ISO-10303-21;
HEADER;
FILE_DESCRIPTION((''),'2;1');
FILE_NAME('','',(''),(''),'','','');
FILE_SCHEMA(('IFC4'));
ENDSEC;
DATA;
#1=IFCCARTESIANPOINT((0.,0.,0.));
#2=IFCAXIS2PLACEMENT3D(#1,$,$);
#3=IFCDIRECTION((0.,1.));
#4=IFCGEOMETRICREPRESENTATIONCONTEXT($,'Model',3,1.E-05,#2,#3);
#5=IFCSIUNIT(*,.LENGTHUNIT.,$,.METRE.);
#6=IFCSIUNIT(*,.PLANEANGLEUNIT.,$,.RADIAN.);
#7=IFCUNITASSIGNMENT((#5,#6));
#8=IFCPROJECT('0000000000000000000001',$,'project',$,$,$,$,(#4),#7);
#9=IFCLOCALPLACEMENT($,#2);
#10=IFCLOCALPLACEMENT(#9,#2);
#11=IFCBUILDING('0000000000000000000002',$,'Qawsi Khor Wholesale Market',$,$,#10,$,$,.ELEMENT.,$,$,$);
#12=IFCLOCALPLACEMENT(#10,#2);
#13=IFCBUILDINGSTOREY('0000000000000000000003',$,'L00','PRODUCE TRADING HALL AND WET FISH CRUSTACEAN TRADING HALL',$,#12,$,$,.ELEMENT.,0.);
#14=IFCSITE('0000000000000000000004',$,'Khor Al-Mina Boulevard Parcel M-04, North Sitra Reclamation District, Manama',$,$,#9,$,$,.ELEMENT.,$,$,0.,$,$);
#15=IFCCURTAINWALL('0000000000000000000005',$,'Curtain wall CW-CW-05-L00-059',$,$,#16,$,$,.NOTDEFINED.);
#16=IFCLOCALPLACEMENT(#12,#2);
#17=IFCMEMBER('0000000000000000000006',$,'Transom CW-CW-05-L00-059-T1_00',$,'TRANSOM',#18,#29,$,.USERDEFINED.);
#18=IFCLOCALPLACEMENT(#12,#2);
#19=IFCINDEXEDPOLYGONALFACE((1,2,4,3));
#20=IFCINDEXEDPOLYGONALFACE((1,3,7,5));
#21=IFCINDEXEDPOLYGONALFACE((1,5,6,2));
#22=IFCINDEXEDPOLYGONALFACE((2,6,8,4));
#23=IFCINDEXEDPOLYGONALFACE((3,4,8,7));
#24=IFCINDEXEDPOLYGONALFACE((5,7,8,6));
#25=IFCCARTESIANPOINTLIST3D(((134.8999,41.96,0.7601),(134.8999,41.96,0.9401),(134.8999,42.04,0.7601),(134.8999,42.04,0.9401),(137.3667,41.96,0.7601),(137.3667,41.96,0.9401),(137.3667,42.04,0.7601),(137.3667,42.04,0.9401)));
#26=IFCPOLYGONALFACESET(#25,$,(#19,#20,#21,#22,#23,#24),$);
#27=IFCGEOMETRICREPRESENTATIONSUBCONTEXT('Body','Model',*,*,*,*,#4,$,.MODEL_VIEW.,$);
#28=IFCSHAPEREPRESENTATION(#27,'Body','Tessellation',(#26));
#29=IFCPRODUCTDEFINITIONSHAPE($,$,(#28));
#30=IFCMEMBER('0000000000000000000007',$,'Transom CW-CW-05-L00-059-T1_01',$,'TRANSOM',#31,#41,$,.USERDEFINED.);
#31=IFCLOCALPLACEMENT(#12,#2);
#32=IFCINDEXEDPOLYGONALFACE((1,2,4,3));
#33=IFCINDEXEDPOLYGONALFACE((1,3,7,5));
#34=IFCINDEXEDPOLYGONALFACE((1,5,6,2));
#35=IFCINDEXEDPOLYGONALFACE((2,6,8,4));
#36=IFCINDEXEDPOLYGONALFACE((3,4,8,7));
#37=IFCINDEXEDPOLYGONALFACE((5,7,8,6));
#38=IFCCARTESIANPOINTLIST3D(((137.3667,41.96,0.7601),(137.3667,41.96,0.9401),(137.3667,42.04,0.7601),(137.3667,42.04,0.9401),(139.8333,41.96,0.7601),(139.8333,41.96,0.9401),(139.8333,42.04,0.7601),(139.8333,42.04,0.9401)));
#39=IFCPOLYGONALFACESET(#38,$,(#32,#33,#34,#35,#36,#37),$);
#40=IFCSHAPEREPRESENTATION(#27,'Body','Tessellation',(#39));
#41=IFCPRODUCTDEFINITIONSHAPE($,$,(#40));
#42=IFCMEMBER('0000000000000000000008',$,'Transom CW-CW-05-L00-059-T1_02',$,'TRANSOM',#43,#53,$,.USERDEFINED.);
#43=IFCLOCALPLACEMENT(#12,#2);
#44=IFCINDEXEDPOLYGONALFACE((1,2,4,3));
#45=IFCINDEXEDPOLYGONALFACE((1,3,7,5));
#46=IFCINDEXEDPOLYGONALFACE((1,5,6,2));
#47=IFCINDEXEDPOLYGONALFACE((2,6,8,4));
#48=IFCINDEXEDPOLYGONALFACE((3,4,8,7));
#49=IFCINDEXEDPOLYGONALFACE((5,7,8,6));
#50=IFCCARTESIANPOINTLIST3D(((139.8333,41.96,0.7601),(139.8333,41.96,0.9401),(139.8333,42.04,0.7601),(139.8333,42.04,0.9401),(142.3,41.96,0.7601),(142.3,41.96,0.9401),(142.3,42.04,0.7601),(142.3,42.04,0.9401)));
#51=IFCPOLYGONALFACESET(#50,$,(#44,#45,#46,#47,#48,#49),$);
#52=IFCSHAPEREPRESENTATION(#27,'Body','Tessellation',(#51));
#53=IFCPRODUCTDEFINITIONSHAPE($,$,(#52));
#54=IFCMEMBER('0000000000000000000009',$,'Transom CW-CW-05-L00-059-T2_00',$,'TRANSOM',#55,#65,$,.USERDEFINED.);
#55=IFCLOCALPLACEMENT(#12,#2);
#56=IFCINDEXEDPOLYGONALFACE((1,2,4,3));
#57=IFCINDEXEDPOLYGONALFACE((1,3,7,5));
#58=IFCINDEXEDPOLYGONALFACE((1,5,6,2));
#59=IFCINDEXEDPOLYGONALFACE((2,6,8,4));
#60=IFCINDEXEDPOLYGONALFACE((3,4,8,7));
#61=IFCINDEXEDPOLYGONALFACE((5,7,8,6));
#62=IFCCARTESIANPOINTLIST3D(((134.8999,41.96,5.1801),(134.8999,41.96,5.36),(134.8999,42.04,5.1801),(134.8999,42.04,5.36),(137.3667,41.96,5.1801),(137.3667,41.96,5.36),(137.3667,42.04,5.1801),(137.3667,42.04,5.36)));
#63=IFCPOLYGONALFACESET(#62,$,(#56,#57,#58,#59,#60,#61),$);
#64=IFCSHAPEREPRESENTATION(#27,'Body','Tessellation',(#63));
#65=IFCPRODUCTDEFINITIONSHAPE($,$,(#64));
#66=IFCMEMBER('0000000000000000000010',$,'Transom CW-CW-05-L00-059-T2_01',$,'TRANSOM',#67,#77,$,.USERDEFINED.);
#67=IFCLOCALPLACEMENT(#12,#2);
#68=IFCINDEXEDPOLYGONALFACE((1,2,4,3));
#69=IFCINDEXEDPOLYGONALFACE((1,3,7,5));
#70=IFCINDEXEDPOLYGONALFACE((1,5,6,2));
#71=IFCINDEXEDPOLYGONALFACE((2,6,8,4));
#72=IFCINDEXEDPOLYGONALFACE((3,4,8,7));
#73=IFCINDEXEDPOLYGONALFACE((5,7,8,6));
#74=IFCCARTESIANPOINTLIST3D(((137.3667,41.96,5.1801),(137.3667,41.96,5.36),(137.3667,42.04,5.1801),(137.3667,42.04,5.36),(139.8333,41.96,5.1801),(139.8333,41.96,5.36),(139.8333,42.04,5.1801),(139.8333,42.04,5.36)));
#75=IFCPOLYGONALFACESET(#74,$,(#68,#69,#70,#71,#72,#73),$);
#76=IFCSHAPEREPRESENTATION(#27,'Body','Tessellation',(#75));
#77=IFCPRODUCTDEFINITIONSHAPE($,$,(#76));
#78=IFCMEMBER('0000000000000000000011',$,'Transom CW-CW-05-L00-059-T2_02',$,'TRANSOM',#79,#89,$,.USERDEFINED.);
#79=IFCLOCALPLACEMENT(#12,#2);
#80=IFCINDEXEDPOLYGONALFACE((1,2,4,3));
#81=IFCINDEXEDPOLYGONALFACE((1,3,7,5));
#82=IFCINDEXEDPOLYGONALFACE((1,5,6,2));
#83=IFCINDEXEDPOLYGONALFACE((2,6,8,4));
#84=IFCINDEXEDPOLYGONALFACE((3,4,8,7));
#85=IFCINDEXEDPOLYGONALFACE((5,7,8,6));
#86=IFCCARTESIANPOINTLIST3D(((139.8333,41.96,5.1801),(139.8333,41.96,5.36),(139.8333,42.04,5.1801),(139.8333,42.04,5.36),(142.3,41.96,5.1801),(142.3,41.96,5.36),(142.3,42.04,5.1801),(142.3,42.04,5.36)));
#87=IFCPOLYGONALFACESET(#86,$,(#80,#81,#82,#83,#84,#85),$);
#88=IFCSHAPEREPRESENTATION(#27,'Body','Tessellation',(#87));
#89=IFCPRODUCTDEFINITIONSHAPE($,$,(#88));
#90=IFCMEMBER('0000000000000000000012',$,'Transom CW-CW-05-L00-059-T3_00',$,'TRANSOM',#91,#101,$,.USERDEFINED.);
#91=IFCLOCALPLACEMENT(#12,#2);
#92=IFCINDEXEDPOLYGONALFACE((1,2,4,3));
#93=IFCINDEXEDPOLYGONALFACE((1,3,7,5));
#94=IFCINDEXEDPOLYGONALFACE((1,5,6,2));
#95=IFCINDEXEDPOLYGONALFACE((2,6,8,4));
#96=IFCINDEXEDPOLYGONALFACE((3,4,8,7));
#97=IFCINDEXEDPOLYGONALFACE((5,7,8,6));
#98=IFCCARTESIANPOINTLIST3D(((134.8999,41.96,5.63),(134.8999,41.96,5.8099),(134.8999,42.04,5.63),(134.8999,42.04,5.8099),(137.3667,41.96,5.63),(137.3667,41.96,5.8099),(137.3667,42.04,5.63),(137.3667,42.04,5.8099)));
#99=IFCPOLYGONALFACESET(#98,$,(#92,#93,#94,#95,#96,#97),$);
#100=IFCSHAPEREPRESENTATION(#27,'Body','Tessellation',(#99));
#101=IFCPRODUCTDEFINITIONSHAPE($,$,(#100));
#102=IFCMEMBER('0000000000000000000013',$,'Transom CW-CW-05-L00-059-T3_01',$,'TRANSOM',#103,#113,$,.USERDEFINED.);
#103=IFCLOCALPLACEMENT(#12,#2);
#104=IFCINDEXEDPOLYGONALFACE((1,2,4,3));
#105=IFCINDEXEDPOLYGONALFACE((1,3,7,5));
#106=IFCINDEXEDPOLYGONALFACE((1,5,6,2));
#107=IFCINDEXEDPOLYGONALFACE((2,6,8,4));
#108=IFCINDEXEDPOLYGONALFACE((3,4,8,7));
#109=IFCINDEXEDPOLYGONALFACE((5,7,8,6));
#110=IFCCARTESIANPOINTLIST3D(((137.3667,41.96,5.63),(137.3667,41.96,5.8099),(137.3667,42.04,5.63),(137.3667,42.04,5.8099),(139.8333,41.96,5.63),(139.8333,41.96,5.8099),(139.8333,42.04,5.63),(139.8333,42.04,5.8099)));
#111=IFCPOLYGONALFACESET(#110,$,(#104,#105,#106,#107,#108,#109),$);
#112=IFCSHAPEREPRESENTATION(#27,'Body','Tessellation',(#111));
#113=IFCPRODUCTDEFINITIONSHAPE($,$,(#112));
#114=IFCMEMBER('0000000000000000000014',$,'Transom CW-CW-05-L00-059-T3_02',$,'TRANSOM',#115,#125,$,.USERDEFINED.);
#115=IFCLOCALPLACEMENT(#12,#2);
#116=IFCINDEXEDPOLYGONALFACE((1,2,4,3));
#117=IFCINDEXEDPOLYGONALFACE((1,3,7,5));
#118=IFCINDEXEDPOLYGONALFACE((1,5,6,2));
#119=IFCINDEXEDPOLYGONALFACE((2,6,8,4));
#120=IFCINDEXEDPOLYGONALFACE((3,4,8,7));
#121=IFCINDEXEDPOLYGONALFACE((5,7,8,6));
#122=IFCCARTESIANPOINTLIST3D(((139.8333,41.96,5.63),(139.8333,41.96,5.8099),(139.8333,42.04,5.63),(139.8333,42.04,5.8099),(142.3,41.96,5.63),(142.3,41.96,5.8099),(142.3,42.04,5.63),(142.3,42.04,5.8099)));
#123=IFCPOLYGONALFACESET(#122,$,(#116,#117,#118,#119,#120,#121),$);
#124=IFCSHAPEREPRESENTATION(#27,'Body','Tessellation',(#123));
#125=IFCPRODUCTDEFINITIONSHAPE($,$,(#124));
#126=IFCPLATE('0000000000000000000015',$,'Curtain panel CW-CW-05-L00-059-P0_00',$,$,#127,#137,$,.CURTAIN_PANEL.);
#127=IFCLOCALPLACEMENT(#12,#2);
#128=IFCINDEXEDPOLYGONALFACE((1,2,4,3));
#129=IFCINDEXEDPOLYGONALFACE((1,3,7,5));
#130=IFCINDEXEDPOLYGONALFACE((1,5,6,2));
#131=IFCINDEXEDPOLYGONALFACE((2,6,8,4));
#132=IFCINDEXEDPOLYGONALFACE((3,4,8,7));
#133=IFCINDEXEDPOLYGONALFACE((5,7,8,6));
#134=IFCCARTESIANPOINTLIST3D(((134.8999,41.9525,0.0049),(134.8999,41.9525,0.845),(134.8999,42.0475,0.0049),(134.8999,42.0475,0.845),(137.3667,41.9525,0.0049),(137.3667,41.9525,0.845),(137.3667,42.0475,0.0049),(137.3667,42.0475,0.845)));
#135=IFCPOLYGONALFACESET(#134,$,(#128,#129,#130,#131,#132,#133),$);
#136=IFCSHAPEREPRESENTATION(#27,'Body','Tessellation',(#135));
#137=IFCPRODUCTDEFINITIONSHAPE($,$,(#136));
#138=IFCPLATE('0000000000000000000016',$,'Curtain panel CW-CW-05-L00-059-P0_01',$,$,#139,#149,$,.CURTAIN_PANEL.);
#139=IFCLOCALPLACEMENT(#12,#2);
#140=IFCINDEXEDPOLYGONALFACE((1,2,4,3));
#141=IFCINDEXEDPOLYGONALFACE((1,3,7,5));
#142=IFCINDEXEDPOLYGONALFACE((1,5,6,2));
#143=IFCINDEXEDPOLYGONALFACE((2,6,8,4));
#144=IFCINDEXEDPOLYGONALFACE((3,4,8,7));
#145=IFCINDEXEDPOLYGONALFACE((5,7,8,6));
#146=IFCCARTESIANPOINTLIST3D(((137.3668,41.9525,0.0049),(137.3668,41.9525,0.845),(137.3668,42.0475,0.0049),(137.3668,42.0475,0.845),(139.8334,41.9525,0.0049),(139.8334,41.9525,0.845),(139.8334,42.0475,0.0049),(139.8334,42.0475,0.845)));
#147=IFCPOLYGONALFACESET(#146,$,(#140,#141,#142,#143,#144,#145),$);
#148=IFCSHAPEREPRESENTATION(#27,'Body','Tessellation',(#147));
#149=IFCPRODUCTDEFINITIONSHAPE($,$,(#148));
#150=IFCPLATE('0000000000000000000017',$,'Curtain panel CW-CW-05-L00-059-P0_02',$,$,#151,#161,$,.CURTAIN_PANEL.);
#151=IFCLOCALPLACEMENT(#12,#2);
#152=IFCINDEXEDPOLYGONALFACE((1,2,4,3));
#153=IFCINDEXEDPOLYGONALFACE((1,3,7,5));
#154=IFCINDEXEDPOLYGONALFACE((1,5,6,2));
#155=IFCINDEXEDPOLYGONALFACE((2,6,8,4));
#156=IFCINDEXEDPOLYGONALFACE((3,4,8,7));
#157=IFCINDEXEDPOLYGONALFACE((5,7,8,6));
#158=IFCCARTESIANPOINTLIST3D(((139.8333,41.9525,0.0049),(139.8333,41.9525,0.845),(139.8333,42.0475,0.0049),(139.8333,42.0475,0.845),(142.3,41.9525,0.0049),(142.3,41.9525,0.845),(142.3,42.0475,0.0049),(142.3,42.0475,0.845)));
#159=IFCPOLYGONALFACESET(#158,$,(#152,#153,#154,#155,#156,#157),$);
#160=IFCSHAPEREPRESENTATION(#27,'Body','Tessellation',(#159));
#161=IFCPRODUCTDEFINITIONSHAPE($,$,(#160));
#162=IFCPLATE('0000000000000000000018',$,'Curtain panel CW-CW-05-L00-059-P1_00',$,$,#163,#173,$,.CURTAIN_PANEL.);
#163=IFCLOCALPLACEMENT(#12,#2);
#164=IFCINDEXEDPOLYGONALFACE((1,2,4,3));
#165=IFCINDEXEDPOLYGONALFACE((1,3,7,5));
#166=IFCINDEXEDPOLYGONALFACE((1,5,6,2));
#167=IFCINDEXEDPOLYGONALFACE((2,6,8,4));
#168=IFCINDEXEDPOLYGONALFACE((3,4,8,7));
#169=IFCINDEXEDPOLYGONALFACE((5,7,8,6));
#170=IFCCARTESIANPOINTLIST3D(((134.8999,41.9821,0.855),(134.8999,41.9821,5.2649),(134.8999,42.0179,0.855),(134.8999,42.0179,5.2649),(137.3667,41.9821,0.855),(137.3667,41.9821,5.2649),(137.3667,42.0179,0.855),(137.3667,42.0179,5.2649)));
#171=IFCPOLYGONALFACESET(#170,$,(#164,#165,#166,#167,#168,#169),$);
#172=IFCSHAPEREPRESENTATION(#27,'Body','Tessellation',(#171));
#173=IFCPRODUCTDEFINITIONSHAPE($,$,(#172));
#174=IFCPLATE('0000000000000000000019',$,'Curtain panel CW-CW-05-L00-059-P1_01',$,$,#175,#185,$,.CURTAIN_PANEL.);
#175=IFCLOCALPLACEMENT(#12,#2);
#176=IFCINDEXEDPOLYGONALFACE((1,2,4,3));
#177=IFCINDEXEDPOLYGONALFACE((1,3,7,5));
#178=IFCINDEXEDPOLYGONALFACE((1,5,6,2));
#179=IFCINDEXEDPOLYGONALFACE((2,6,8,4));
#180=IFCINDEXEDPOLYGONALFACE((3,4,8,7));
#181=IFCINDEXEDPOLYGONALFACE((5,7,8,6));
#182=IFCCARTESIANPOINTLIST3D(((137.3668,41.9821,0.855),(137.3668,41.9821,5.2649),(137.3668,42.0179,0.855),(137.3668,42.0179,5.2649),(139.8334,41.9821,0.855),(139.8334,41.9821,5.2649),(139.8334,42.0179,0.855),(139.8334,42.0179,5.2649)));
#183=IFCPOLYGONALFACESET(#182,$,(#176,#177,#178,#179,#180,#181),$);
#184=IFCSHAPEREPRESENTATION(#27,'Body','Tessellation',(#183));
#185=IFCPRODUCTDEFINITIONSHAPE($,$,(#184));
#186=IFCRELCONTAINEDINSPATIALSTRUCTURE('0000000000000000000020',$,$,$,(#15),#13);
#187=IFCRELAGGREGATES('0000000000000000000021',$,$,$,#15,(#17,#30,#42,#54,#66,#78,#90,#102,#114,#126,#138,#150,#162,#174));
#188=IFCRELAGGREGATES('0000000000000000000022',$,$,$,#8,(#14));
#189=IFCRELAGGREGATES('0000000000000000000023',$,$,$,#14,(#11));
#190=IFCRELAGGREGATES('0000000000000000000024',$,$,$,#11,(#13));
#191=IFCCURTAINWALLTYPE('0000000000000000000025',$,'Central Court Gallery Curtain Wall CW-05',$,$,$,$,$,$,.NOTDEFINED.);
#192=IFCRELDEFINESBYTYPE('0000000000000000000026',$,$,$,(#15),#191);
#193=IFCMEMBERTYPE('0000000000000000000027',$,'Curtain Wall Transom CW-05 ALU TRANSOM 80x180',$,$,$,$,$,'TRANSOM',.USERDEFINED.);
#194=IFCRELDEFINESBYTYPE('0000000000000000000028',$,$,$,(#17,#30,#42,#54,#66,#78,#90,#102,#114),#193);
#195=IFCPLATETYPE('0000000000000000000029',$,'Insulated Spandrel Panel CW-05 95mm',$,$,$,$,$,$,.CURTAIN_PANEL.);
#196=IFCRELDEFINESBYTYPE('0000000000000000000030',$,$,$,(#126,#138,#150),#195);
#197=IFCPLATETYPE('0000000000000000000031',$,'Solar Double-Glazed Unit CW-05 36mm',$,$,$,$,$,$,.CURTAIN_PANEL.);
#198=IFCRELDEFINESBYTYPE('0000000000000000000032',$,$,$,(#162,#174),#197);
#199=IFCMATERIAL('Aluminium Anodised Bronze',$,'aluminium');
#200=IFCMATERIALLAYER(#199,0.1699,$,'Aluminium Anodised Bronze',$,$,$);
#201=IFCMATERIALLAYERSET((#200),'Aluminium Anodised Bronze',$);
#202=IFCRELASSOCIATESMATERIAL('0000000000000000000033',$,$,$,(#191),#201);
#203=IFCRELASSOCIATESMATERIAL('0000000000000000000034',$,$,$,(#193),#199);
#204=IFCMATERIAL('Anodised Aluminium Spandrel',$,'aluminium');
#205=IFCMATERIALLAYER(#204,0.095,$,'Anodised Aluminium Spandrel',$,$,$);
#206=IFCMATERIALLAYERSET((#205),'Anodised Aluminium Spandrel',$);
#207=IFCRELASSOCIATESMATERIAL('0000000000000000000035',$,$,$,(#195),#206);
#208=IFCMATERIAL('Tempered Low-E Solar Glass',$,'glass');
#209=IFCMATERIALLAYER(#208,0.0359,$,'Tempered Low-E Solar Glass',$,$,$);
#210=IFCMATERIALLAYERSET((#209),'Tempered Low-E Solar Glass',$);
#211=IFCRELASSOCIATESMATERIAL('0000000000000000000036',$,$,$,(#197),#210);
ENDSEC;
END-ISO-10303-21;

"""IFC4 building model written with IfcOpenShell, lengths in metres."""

from ifc_helpers import new_model, si_unit, direction, frame, frame_2d, origin, origin_2d, place, context, subcontext, project, spatial, rectangle, extrude, material, layer, layer_set, material_profile, profile_set, type_object, element, aggregate, save


model = new_model("IFC4")

# Units and contexts
model_context = context("Model", 3, precision=1e-05, world=origin(), true_north=direction((0.0, 1.0)))
body_context = subcontext(model_context, "Body", "Model", "MODEL_VIEW")
ifc_project = project(units=[si_unit("LENGTHUNIT", "METRE"), si_unit("PLANEANGLEUNIT", "RADIAN")], contexts=[model_context])

# Site, building, storey
site_placement = place(None, origin())
site = spatial("IfcSite", under=ifc_project, at=site_placement, Name="Khor Al-Mina Boulevard Parcel M-04, North Sitra Reclamation District, Manama", CompositionType="ELEMENT", RefElevation=0.0)
building_placement = place(site_placement, origin())
building = spatial("IfcBuilding", under=site, at=building_placement, Name="Qawsi Khor Wholesale Market", CompositionType="ELEMENT")
storey_placement = place(building_placement, origin())
storey = spatial("IfcBuildingStorey", under=building, at=storey_placement, Name="L00", Description="PRODUCE TRADING HALL AND WET FISH CRUSTACEAN TRADING HALL", CompositionType="ELEMENT", Elevation=0.0)

# Shared definitions
ifc_material_1 = material(Name="Aluminium Anodised Bronze", Category="aluminium")
ifc_layer_1 = layer(ifc_material_1, 0.1699, Name="Aluminium Anodised Bronze")
ifc_layer_set_1 = layer_set([ifc_layer_1], Name="Aluminium Anodised Bronze")
curtain_wall_type = type_object("IfcCurtainWallType", Name="Central Court Gallery Curtain Wall CW-05", PredefinedType="NOTDEFINED", material=ifc_layer_set_1)

# Curtain wall, members, plates
curtain_wall_1_placement = place(storey_placement, origin())
curtain_wall_1 = element("IfcCurtainWall", 1, at=curtain_wall_1_placement, inside=storey, type_object=curtain_wall_type, Name="Curtain wall CW-CW-05-L00-059", PredefinedType="NOTDEFINED")
ifc_material_profile_1 = material_profile(ifc_material_1, rectangle(XDim=0.0801, YDim=0.1799, at=origin_2d()), Name="ALU TRANSOM 80x180")
ifc_profile_set_1 = profile_set([ifc_material_profile_1], Name="Aluminium Anodised Bronze")
member_type_1 = type_object("IfcMemberType", Name="Curtain Wall Transom CW-05 ALU TRANSOM 80x180", ElementType="TRANSOM", PredefinedType="USERDEFINED", material=ifc_profile_set_1)
member_1_placement = place(storey_placement, frame((134.8999, 42.0, 0.8501), z_axis=(1.0, 0.0, 0.0), x_axis=(0.0, 1.0, 0.0)))
member_1 = element("IfcMember", 2, at=member_1_placement, type_object=member_type_1, Name="Transom CW-CW-05-L00-059-T1_00", ObjectType="TRANSOM", PredefinedType="USERDEFINED", context=body_context, shape_type="SweptSolid", body=[
    extrude(rectangle(XDim=0.0801, YDim=0.1799, at=origin_2d()), origin(), (0.0, 0.0, 1.0), 2.4668),
])
member_2_placement = place(storey_placement, frame((137.3667, 42.0, 0.8501), z_axis=(1.0, 0.0, 0.0), x_axis=(0.0, 1.0, 0.0)))
member_2 = element("IfcMember", 3, at=member_2_placement, type_object=member_type_1, Name="Transom CW-CW-05-L00-059-T1_01", ObjectType="TRANSOM", PredefinedType="USERDEFINED", context=body_context, shape_type="SweptSolid", body=[
    extrude(rectangle(XDim=0.0801, YDim=0.1799, at=origin_2d()), origin(), (0.0, 0.0, 1.0), 2.4666),
])
member_3_placement = place(storey_placement, frame((139.8333, 42.0, 0.8501), z_axis=(1.0, 0.0, 0.0), x_axis=(0.0, 1.0, 0.0)))
member_3 = element("IfcMember", 4, at=member_3_placement, type_object=member_type_1, Name="Transom CW-CW-05-L00-059-T1_02", ObjectType="TRANSOM", PredefinedType="USERDEFINED", context=body_context, shape_type="SweptSolid", body=[
    extrude(rectangle(XDim=0.0801, YDim=0.1799, at=origin_2d()), origin(), (0.0, 0.0, 1.0), 2.4668),
])
member_4_placement = place(storey_placement, frame((134.8999, 42.0, 5.27), z_axis=(1.0, 0.0, 0.0), x_axis=(0.0, 1.0, 0.0)))
member_4 = element("IfcMember", 5, at=member_4_placement, type_object=member_type_1, Name="Transom CW-CW-05-L00-059-T2_00", ObjectType="TRANSOM", PredefinedType="USERDEFINED", context=body_context, shape_type="SweptSolid", body=[
    extrude(rectangle(XDim=0.0801, YDim=0.1799, at=origin_2d()), origin(), (0.0, 0.0, 1.0), 2.4668),
])
member_5_placement = place(storey_placement, frame((137.3667, 42.0, 5.27), z_axis=(1.0, 0.0, 0.0), x_axis=(0.0, 1.0, 0.0)))
member_5 = element("IfcMember", 6, at=member_5_placement, type_object=member_type_1, Name="Transom CW-CW-05-L00-059-T2_01", ObjectType="TRANSOM", PredefinedType="USERDEFINED", context=body_context, shape_type="SweptSolid", body=[
    extrude(rectangle(XDim=0.0801, YDim=0.1799, at=origin_2d()), origin(), (0.0, 0.0, 1.0), 2.4666),
])
member_6_placement = place(storey_placement, frame((139.8333, 42.0, 5.27), z_axis=(1.0, 0.0, 0.0), x_axis=(0.0, 1.0, 0.0)))
member_6 = element("IfcMember", 7, at=member_6_placement, type_object=member_type_1, Name="Transom CW-CW-05-L00-059-T2_02", ObjectType="TRANSOM", PredefinedType="USERDEFINED", context=body_context, shape_type="SweptSolid", body=[
    extrude(rectangle(XDim=0.0801, YDim=0.1799, at=origin_2d()), origin(), (0.0, 0.0, 1.0), 2.4668),
])
member_7_placement = place(storey_placement, frame((134.8999, 42.0, 5.72), z_axis=(1.0, 0.0, 0.0), x_axis=(0.0, 1.0, 0.0)))
member_7 = element("IfcMember", 8, at=member_7_placement, type_object=member_type_1, Name="Transom CW-CW-05-L00-059-T3_00", ObjectType="TRANSOM", PredefinedType="USERDEFINED", context=body_context, shape_type="SweptSolid", body=[
    extrude(rectangle(XDim=0.0801, YDim=0.1799, at=origin_2d()), origin(), (0.0, 0.0, 1.0), 2.4668),
])
member_8_placement = place(storey_placement, frame((137.3667, 42.0, 5.72), z_axis=(1.0, 0.0, 0.0), x_axis=(0.0, 1.0, 0.0)))
member_8 = element("IfcMember", 9, at=member_8_placement, type_object=member_type_1, Name="Transom CW-CW-05-L00-059-T3_01", ObjectType="TRANSOM", PredefinedType="USERDEFINED", context=body_context, shape_type="SweptSolid", body=[
    extrude(rectangle(XDim=0.0801, YDim=0.1799, at=origin_2d()), origin(), (0.0, 0.0, 1.0), 2.4666),
])
member_9_placement = place(storey_placement, frame((139.8333, 42.0, 5.72), z_axis=(1.0, 0.0, 0.0), x_axis=(0.0, 1.0, 0.0)))
member_9 = element("IfcMember", 10, at=member_9_placement, type_object=member_type_1, Name="Transom CW-CW-05-L00-059-T3_02", ObjectType="TRANSOM", PredefinedType="USERDEFINED", context=body_context, shape_type="SweptSolid", body=[
    extrude(rectangle(XDim=0.0801, YDim=0.1799, at=origin_2d()), origin(), (0.0, 0.0, 1.0), 2.4668),
])
ifc_material_2 = material(Name="Anodised Aluminium Spandrel", Category="aluminium")
ifc_layer_2 = layer(ifc_material_2, 0.095, Name="Anodised Aluminium Spandrel")
ifc_layer_set_2 = layer_set([ifc_layer_2], Name="Anodised Aluminium Spandrel")
plate_type_1 = type_object("IfcPlateType", Name="Insulated Spandrel Panel CW-05 95mm", PredefinedType="CURTAIN_PANEL", material=ifc_layer_set_2)
plate_1_placement = place(storey_placement, frame((134.8999, 42.0, 0.0049), z_axis=(0.0, 0.0, 1.0), x_axis=(1.0, 0.0, 0.0)))
plate_1 = element("IfcPlate", 11, at=plate_1_placement, type_object=plate_type_1, Name="Curtain panel CW-CW-05-L00-059-P0_00", PredefinedType="CURTAIN_PANEL", context=body_context, shape_type="SweptSolid", body=[
    extrude(rectangle(XDim=2.4668, YDim=0.095, at=frame_2d((1.2334, 0.0))), origin(), (0.0, 0.0, 1.0), 0.8401),
])
plate_2_placement = place(storey_placement, frame((137.3667, 42.0, 0.0049), z_axis=(0.0, 0.0, 1.0), x_axis=(1.0, 0.0, 0.0)))
plate_2 = element("IfcPlate", 12, at=plate_2_placement, type_object=plate_type_1, Name="Curtain panel CW-CW-05-L00-059-P0_01", PredefinedType="CURTAIN_PANEL", context=body_context, shape_type="SweptSolid", body=[
    extrude(rectangle(XDim=2.4666, YDim=0.095, at=frame_2d((1.2334, 0.0))), origin(), (0.0, 0.0, 1.0), 0.8401),
])
plate_3_placement = place(storey_placement, frame((139.8333, 42.0, 0.0049), z_axis=(0.0, 0.0, 1.0), x_axis=(1.0, 0.0, 0.0)))
plate_3 = element("IfcPlate", 13, at=plate_3_placement, type_object=plate_type_1, Name="Curtain panel CW-CW-05-L00-059-P0_02", PredefinedType="CURTAIN_PANEL", context=body_context, shape_type="SweptSolid", body=[
    extrude(rectangle(XDim=2.4668, YDim=0.095, at=frame_2d((1.2334, 0.0))), origin(), (0.0, 0.0, 1.0), 0.8401),
])
ifc_material_3 = material(Name="Tempered Low-E Solar Glass", Category="glass")
ifc_layer_3 = layer(ifc_material_3, 0.0359, Name="Tempered Low-E Solar Glass")
ifc_layer_set_3 = layer_set([ifc_layer_3], Name="Tempered Low-E Solar Glass")
plate_type_2 = type_object("IfcPlateType", Name="Solar Double-Glazed Unit CW-05 36mm", PredefinedType="CURTAIN_PANEL", material=ifc_layer_set_3)
plate_4_placement = place(storey_placement, frame((134.8999, 42.0, 0.855), z_axis=(0.0, 0.0, 1.0), x_axis=(1.0, 0.0, 0.0)))
plate_4 = element("IfcPlate", 14, at=plate_4_placement, type_object=plate_type_2, Name="Curtain panel CW-CW-05-L00-059-P1_00", PredefinedType="CURTAIN_PANEL", context=body_context, shape_type="SweptSolid", body=[
    extrude(rectangle(XDim=2.4668, YDim=0.0359, at=frame_2d((1.2334, 0.0))), origin(), (0.0, 0.0, 1.0), 4.4099),
])
plate_5_placement = place(storey_placement, frame((137.3667, 42.0, 0.855), z_axis=(0.0, 0.0, 1.0), x_axis=(1.0, 0.0, 0.0)))
plate_5 = element("IfcPlate", 15, at=plate_5_placement, type_object=plate_type_2, Name="Curtain panel CW-CW-05-L00-059-P1_01", PredefinedType="CURTAIN_PANEL", context=body_context, shape_type="SweptSolid", body=[
    extrude(rectangle(XDim=2.4666, YDim=0.0359, at=frame_2d((1.2334, 0.0))), origin(), (0.0, 0.0, 1.0), 4.4099),
])
aggregate(curtain_wall_1, [member_1, member_2, member_3, member_4, member_5, member_6, member_7, member_8, member_9, plate_1, plate_2, plate_3, plate_4, plate_5])

save(model, "model.ifc")
